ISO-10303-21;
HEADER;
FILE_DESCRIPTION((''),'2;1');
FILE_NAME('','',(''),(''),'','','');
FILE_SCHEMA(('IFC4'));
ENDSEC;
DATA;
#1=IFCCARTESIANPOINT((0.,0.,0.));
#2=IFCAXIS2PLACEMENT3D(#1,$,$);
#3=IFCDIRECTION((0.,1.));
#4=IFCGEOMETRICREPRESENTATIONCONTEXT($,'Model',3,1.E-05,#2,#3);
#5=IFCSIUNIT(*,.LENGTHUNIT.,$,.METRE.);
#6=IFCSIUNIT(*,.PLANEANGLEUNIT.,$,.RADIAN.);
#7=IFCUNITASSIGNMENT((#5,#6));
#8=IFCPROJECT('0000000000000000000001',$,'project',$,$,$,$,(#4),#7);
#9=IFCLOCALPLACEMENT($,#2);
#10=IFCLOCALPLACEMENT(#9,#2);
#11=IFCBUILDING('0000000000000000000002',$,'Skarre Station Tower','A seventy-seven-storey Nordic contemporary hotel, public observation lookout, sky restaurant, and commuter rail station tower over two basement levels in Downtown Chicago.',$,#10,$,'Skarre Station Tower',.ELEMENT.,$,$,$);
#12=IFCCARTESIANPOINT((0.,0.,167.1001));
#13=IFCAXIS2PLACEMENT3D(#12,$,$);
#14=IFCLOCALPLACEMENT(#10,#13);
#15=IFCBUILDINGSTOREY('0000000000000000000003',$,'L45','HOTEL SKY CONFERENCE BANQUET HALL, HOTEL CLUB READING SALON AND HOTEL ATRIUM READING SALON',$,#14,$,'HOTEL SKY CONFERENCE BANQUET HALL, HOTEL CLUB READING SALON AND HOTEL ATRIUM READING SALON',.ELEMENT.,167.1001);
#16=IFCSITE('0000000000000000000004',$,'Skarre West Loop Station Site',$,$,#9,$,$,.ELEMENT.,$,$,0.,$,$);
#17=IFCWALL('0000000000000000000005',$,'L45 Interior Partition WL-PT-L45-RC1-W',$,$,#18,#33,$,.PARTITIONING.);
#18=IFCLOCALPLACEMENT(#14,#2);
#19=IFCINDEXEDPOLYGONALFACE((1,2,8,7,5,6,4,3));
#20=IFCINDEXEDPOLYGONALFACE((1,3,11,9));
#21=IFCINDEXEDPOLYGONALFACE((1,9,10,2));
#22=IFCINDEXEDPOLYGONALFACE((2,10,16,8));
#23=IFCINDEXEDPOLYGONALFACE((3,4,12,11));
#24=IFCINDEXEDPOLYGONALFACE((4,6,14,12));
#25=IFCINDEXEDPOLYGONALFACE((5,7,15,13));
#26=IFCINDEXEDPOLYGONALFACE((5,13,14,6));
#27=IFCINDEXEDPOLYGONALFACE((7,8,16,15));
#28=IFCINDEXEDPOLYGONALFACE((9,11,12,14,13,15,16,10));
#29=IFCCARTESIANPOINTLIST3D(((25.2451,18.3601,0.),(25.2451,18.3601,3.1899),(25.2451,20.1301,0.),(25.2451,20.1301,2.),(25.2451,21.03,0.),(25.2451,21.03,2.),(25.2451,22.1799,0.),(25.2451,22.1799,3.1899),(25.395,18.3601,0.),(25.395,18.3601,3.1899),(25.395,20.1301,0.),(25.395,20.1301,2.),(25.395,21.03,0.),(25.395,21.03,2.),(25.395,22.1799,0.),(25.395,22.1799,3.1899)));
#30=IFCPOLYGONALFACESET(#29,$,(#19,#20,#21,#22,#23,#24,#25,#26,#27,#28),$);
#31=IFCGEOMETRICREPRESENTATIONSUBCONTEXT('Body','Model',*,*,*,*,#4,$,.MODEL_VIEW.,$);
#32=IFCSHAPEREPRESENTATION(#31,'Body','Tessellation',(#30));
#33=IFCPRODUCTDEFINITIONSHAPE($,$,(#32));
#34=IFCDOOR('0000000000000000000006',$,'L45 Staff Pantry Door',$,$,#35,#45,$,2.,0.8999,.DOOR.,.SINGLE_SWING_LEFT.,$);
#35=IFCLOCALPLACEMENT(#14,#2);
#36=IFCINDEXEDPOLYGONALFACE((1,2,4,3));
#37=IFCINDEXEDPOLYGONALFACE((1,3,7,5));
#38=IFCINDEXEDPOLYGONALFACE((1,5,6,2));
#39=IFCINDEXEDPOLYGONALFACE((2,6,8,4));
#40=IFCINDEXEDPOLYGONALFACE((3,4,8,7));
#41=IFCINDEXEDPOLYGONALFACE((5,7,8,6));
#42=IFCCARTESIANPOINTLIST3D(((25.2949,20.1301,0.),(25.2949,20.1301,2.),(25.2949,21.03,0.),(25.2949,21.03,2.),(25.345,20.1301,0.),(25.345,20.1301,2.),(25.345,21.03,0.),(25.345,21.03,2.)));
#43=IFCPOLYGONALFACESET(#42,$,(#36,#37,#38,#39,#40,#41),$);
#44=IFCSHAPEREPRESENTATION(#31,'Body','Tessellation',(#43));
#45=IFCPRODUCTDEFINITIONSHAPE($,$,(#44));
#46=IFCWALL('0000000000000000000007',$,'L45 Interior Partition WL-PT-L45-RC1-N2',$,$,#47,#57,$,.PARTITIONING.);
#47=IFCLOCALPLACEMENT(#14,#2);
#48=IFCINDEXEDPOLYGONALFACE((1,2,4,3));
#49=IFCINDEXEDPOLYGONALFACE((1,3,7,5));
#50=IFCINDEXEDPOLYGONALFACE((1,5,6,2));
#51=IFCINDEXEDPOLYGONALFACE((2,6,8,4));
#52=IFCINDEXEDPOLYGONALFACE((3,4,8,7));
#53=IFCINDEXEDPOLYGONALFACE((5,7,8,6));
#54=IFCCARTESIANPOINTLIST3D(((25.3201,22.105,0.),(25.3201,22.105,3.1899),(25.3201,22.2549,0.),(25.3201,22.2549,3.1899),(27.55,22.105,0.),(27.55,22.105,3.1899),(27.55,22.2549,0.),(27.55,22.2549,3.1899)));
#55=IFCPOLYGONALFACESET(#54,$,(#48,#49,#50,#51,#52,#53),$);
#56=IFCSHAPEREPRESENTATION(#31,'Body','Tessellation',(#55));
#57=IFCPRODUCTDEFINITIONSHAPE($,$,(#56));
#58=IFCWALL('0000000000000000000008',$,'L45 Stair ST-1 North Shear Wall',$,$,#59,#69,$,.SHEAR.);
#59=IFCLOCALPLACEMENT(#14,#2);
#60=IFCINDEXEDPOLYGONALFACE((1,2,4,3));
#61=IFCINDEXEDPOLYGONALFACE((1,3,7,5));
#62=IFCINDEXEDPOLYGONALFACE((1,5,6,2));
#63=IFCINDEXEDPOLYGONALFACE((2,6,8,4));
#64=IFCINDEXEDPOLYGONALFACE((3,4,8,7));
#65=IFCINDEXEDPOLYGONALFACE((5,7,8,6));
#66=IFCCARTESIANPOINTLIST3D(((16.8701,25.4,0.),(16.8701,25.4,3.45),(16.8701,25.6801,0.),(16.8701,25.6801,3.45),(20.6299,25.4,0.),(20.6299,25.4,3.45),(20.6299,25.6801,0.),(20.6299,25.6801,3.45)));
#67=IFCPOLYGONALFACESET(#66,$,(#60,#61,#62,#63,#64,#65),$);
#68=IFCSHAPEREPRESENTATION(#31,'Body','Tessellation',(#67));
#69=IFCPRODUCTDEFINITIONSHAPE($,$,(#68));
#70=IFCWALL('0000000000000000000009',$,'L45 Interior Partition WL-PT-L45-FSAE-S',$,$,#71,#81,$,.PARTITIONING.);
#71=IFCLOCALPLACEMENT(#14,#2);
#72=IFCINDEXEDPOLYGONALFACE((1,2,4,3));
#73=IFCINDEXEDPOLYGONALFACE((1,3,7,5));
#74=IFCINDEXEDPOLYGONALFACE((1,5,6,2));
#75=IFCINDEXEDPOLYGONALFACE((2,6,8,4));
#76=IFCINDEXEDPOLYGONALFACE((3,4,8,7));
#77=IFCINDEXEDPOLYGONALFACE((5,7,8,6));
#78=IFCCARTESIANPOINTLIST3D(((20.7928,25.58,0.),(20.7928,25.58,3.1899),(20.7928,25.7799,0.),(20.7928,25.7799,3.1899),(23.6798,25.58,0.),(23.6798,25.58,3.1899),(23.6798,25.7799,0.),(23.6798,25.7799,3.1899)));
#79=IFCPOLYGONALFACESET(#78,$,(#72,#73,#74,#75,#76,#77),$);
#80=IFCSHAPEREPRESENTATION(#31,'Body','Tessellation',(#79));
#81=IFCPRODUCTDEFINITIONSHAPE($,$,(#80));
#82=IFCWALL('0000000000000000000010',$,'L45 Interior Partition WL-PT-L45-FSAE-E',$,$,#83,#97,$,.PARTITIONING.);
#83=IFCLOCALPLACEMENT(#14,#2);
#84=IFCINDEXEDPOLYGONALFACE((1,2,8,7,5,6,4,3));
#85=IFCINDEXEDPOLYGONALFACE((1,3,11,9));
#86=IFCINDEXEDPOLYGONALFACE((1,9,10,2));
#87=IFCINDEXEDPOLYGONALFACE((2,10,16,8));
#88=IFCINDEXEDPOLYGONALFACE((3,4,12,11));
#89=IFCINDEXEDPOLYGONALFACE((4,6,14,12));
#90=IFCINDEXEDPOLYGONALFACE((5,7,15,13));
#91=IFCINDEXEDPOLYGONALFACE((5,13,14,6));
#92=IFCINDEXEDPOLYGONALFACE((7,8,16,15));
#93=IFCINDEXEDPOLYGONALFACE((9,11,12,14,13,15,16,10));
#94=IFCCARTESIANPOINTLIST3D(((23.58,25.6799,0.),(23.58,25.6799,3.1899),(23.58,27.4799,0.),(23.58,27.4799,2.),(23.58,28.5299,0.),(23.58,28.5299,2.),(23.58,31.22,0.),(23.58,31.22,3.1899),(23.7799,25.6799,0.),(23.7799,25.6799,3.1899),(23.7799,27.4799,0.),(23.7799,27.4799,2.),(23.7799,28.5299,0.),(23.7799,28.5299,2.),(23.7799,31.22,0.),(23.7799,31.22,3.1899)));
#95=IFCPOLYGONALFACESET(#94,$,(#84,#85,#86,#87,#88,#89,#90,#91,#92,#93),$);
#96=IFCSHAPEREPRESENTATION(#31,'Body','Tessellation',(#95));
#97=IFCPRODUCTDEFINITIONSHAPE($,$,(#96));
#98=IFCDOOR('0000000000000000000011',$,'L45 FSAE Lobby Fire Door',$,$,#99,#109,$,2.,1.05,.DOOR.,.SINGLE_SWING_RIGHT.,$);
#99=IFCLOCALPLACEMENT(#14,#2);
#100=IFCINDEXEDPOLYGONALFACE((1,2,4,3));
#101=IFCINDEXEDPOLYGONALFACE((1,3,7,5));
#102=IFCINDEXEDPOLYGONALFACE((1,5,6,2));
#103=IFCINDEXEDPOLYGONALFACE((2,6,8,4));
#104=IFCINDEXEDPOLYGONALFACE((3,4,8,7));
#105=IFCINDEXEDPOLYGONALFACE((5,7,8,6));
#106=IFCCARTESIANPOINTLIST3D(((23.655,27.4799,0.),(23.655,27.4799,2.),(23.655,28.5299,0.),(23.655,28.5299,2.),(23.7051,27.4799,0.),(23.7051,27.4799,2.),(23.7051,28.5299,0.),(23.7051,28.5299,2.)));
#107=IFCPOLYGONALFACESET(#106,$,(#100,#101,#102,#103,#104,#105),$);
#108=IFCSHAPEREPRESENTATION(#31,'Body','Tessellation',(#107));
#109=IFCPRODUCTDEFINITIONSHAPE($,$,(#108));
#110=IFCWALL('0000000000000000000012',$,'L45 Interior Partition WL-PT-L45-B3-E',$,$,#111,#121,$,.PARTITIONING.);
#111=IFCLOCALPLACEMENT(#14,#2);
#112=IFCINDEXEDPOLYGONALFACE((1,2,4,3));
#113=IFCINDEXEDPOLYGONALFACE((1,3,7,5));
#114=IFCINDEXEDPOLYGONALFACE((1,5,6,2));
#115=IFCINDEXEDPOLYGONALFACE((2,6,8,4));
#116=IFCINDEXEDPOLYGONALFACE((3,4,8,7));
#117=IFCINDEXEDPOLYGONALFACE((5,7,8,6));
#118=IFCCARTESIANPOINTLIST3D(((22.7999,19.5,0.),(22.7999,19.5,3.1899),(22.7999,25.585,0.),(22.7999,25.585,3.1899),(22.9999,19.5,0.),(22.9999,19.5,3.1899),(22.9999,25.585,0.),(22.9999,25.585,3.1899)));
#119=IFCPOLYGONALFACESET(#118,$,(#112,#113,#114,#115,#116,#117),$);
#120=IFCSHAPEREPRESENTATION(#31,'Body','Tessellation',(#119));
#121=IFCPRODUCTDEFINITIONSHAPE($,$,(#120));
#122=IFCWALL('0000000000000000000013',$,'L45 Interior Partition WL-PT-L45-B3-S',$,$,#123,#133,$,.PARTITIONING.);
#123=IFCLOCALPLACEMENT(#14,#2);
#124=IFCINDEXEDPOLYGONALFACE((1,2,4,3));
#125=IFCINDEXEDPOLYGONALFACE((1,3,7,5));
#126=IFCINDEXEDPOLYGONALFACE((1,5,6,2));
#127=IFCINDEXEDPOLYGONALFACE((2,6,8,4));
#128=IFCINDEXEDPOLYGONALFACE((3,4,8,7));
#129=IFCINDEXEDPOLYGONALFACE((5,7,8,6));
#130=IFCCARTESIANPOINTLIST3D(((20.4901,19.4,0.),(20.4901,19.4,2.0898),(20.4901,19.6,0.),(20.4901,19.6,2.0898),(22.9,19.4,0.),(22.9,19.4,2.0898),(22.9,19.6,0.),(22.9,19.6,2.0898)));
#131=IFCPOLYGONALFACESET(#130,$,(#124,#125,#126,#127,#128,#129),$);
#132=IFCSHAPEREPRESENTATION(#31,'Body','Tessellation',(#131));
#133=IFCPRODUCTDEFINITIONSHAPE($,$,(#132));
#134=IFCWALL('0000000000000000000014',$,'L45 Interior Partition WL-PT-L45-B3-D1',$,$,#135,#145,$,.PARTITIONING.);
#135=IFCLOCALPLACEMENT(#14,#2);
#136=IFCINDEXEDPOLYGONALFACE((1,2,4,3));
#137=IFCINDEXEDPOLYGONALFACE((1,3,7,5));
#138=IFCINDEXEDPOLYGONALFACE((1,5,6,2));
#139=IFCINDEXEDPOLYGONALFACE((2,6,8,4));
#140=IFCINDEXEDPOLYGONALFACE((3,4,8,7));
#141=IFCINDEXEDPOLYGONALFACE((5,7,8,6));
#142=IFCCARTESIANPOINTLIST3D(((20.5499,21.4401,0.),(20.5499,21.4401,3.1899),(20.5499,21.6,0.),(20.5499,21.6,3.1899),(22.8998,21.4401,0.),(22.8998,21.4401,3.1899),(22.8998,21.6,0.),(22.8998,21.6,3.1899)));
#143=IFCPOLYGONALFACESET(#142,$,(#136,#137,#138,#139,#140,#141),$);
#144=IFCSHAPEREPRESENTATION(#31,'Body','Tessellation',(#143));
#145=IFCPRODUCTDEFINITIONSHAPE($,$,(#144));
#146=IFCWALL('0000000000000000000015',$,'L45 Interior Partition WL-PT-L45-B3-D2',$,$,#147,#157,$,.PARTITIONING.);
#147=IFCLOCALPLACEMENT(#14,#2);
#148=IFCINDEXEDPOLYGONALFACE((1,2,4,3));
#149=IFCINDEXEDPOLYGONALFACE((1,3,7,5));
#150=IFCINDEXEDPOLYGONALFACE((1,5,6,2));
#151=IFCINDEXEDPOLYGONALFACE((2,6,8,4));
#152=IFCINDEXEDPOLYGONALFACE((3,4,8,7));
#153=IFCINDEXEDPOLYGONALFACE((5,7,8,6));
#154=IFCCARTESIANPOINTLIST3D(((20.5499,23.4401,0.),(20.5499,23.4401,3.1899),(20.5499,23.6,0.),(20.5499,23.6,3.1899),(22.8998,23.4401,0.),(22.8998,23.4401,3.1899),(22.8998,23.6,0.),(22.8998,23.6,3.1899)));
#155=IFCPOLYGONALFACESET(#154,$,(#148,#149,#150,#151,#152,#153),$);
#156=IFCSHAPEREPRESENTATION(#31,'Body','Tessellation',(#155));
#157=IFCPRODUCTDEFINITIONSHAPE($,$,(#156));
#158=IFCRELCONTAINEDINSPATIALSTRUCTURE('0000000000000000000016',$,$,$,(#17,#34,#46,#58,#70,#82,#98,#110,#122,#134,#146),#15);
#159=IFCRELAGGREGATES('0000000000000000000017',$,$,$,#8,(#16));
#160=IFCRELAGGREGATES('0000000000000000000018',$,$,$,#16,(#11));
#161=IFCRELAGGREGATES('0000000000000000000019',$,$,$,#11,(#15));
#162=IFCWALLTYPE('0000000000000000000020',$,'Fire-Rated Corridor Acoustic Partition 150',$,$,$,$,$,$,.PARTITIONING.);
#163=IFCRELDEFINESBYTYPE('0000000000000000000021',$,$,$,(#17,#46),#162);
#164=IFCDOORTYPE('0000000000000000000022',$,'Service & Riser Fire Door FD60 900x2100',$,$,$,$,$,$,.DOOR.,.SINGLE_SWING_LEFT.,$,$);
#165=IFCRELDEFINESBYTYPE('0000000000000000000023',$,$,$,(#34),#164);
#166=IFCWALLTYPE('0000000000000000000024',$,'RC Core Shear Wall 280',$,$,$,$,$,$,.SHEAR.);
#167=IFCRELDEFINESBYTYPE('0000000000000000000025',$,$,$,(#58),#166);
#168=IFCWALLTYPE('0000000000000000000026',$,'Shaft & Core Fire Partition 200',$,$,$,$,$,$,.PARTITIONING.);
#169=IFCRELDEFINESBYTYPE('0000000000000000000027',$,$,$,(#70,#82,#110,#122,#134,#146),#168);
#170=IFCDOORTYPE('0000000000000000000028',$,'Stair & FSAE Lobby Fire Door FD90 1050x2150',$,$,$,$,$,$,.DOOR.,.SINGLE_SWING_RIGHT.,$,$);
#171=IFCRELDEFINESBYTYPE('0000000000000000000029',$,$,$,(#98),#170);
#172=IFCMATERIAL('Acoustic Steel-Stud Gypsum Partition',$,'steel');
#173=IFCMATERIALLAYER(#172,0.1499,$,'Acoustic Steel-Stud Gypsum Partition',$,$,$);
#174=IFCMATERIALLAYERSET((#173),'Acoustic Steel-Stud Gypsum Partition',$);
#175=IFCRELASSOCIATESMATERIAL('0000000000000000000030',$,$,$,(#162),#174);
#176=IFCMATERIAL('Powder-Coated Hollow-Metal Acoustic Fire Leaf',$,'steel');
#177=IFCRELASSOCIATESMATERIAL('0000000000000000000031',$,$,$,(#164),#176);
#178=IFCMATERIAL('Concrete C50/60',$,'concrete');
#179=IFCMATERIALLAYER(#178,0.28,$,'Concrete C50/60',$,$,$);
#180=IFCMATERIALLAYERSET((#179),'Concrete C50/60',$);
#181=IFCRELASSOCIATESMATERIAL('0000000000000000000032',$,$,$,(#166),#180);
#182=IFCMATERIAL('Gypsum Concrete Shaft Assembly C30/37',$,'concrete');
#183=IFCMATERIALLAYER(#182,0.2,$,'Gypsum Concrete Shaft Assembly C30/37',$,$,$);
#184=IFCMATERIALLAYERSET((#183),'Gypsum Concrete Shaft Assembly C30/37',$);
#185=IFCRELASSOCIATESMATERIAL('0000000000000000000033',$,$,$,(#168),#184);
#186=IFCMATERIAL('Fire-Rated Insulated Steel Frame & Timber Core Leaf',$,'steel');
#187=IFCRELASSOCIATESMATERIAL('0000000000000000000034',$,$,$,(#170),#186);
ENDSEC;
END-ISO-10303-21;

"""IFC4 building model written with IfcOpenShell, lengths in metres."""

from ifc_helpers import new_model, si_unit, direction, frame, frame_2d, origin, place, context, subcontext, project, spatial, rectangle, extrude, material, layer, layer_set, type_object, element, fill, save


model = new_model("IFC4")

# Units and contexts
model_context = context("Model", 3, precision=1e-05, world=origin(), true_north=direction((0.0, 1.0)))
body_context = subcontext(model_context, "Body", "Model", "MODEL_VIEW")
ifc_project = project(units=[si_unit("LENGTHUNIT", "METRE"), si_unit("PLANEANGLEUNIT", "RADIAN")], contexts=[model_context])

# Site, building, storey
site_placement = place(None, origin())
site = spatial("IfcSite", under=ifc_project, at=site_placement, Name="Skarre West Loop Station Site", CompositionType="ELEMENT", RefElevation=0.0)
building_placement = place(site_placement, origin())
building = spatial("IfcBuilding", under=site, at=building_placement, Name="Skarre Station Tower", Description="A seventy-seven-storey Nordic contemporary hotel, public observation lookout, sky restaurant, and commuter rail station tower over two basement levels in Downtown Chicago.", LongName="Skarre Station Tower", CompositionType="ELEMENT")
storey_placement = place(building_placement, frame((0.0, 0.0, 167.1001)))
storey = spatial("IfcBuildingStorey", under=building, at=storey_placement, Name="L45", Description="HOTEL SKY CONFERENCE BANQUET HALL, HOTEL CLUB READING SALON AND HOTEL ATRIUM READING SALON", LongName="HOTEL SKY CONFERENCE BANQUET HALL, HOTEL CLUB READING SALON AND HOTEL ATRIUM READING SALON", CompositionType="ELEMENT", Elevation=167.1001)

# Wall, opening, door
ifc_material_1 = material(Name="Acoustic Steel-Stud Gypsum Partition", Category="steel")
ifc_layer_1 = layer(ifc_material_1, 0.1499, Name="Acoustic Steel-Stud Gypsum Partition")
ifc_layer_set_1 = layer_set([ifc_layer_1], Name="Acoustic Steel-Stud Gypsum Partition")
wall_type_1 = type_object("IfcWallType", Name="Fire-Rated Corridor Acoustic Partition 150", PredefinedType="PARTITIONING", material=ifc_layer_set_1)
wall_1_placement = place(storey_placement, frame((25.3201, 22.1799, 0.0), z_axis=(0.0, 0.0, 1.0), x_axis=(0.0, -1.0, 0.0)))
wall_1 = element("IfcWall", 1, at=wall_1_placement, inside=storey, type_object=wall_type_1, Name="L45 Interior Partition WL-PT-L45-RC1-W", PredefinedType="PARTITIONING", context=body_context, shape_type="SweptSolid", body=[
    extrude(rectangle(XDim=3.8198, YDim=0.1499, at=frame_2d((1.9099, 0.0))), origin(), (0.0, 0.0, 1.0), 3.1899),
])
opening_1_placement = place(wall_1_placement, frame((1.1499, 0.0, 0.0)))
opening_1 = element("IfcOpeningElement", 2, at=opening_1_placement, cuts=wall_1, PredefinedType="OPENING", context=body_context, shape_type="SweptSolid", body=[
    extrude(rectangle(XDim=0.8999, YDim=2.0, at=frame_2d((0.45, 1.0))), frame((0.0, 0.085, 0.0), z_axis=(0.0, -1.0, 0.0), x_axis=(1.0, 0.0, 0.0)), (0.0, 0.0, 1.0), 0.1699),
])
ifc_material_2 = material(Name="Powder-Coated Hollow-Metal Acoustic Fire Leaf", Category="steel")
door_type_1 = type_object("IfcDoorType", Name="Service & Riser Fire Door FD60 900x2100", OperationType="SINGLE_SWING_LEFT", PredefinedType="DOOR", material=ifc_material_2)
door_1_placement = place(opening_1_placement, origin())
door_1 = element("IfcDoor", 3, at=door_1_placement, inside=storey, type_object=door_type_1, Name="L45 Staff Pantry Door", OperationType="SINGLE_SWING_LEFT", OverallHeight=2.0, OverallWidth=0.8999, PredefinedType="DOOR", context=body_context, shape_type="SweptSolid", body=[
    extrude(rectangle(XDim=0.8999, YDim=2.0, at=frame_2d((0.45, 1.0))), frame((0.0, 0.0249, 0.0), z_axis=(0.0, -1.0, 0.0), x_axis=(1.0, 0.0, 0.0)), (0.0, 0.0, 1.0), 0.05),
])
fill(opening_1, door_1)

# Walls
wall_2_placement = place(storey_placement, frame((25.3201, 22.1799, 0.0), z_axis=(0.0, 0.0, 1.0), x_axis=(1.0, 0.0, 0.0)))
element("IfcWall", 4, at=wall_2_placement, inside=storey, type_object=wall_type_1, Name="L45 Interior Partition WL-PT-L45-RC1-N2", PredefinedType="PARTITIONING", context=body_context, shape_type="SweptSolid", body=[
    extrude(rectangle(XDim=2.23, YDim=0.1499, at=frame_2d((1.115, 0.0))), origin(), (0.0, 0.0, 1.0), 3.1899),
])
ifc_material_3 = material(Name="Concrete C50/60", Category="concrete")
ifc_layer_2 = layer(ifc_material_3, 0.28, Name="Concrete C50/60")
ifc_layer_set_2 = layer_set([ifc_layer_2], Name="Concrete C50/60")
wall_type_2 = type_object("IfcWallType", Name="RC Core Shear Wall 280", PredefinedType="SHEAR", material=ifc_layer_set_2)
wall_3_placement = place(storey_placement, frame((20.6299, 25.54, 0.0), z_axis=(0.0, 0.0, 1.0), x_axis=(-1.0, 0.0, 0.0)))
element("IfcWall", 5, at=wall_3_placement, inside=storey, type_object=wall_type_2, Name="L45 Stair ST-1 North Shear Wall", PredefinedType="SHEAR", context=body_context, shape_type="SweptSolid", body=[
    extrude(rectangle(XDim=3.7598, YDim=0.28, at=frame_2d((1.8799, 0.0))), origin(), (0.0, 0.0, 1.0), 3.45),
])
ifc_material_4 = material(Name="Gypsum Concrete Shaft Assembly C30/37", Category="concrete")
ifc_layer_3 = layer(ifc_material_4, 0.2, Name="Gypsum Concrete Shaft Assembly C30/37")
ifc_layer_set_3 = layer_set([ifc_layer_3], Name="Gypsum Concrete Shaft Assembly C30/37")
wall_type_3 = type_object("IfcWallType", Name="Shaft & Core Fire Partition 200", PredefinedType="PARTITIONING", material=ifc_layer_set_3)
wall_4_placement = place(storey_placement, frame((20.793, 25.6799, 0.0), z_axis=(0.0, 0.0, 1.0), x_axis=(1.0, 0.0, 0.0)))
element("IfcWall", 6, at=wall_4_placement, inside=storey, type_object=wall_type_3, Name="L45 Interior Partition WL-PT-L45-FSAE-S", PredefinedType="PARTITIONING", context=body_context, shape_type="SweptSolid", body=[
    extrude(rectangle(XDim=2.887, YDim=0.2, at=frame_2d((1.4434, 0.0))), origin(), (0.0, 0.0, 1.0), 3.1899),
])

# Wall, opening, door
wall_5_placement = place(storey_placement, frame((23.6799, 25.6799, 0.0), z_axis=(0.0, 0.0, 1.0), x_axis=(0.0, 1.0, 0.0)))
wall_5 = element("IfcWall", 7, at=wall_5_placement, inside=storey, type_object=wall_type_3, Name="L45 Interior Partition WL-PT-L45-FSAE-E", PredefinedType="PARTITIONING", context=body_context, shape_type="SweptSolid", body=[
    extrude(rectangle(XDim=5.54, YDim=0.2, at=frame_2d((2.77, 0.0))), origin(), (0.0, 0.0, 1.0), 3.1899),
])
opening_2_placement = place(wall_5_placement, frame((1.8, 0.0, 0.0)))
opening_2 = element("IfcOpeningElement", 8, at=opening_2_placement, cuts=wall_5, PredefinedType="OPENING", context=body_context, shape_type="SweptSolid", body=[
    extrude(rectangle(XDim=1.05, YDim=2.0, at=frame_2d((0.5249, 1.0))), frame((0.0, 0.1099, 0.0), z_axis=(0.0, -1.0, 0.0), x_axis=(1.0, 0.0, 0.0)), (0.0, 0.0, 1.0), 0.22),
])
ifc_material_5 = material(Name="Fire-Rated Insulated Steel Frame & Timber Core Leaf", Category="steel")
door_type_2 = type_object("IfcDoorType", Name="Stair & FSAE Lobby Fire Door FD90 1050x2150", OperationType="SINGLE_SWING_RIGHT", PredefinedType="DOOR", material=ifc_material_5)
door_2_placement = place(opening_2_placement, origin())
door_2 = element("IfcDoor", 9, at=door_2_placement, inside=storey, type_object=door_type_2, Name="L45 FSAE Lobby Fire Door", OperationType="SINGLE_SWING_RIGHT", OverallHeight=2.0, OverallWidth=1.05, PredefinedType="DOOR", context=body_context, shape_type="SweptSolid", body=[
    extrude(rectangle(XDim=1.05, YDim=2.0, at=frame_2d((0.5249, 1.0))), frame((0.0, 0.0249, 0.0), z_axis=(0.0, -1.0, 0.0), x_axis=(1.0, 0.0, 0.0)), (0.0, 0.0, 1.0), 0.05),
])
fill(opening_2, door_2)

# Walls
wall_6_placement = place(storey_placement, frame((22.8999, 19.5, 0.0), z_axis=(0.0, 0.0, 1.0), x_axis=(0.0, 1.0, 0.0)))
element("IfcWall", 10, at=wall_6_placement, inside=storey, type_object=wall_type_3, Name="L45 Interior Partition WL-PT-L45-B3-E", PredefinedType="PARTITIONING", context=body_context, shape_type="SweptSolid", body=[
    extrude(rectangle(XDim=6.085, YDim=0.2, at=frame_2d((3.0425, 0.0))), origin(), (0.0, 0.0, 1.0), 3.1899),
])
wall_7_placement = place(storey_placement, frame((20.49, 19.5, 0.0), z_axis=(0.0, 0.0, 1.0), x_axis=(1.0, 0.0, 0.0)))
element("IfcWall", 11, at=wall_7_placement, inside=storey, type_object=wall_type_3, Name="L45 Interior Partition WL-PT-L45-B3-S", PredefinedType="PARTITIONING", context=body_context, shape_type="SweptSolid", body=[
    extrude(rectangle(XDim=2.4099, YDim=0.2, at=frame_2d((1.2051, 0.0))), origin(), (0.0, 0.0, 1.0), 2.0898),
])
for number, where, z_axis, x_axis, name in (
    (12, (20.55, 21.52, 0.0), (0.0, 0.0, 1.0), (1.0, 0.0, 0.0), "L45 Interior Partition WL-PT-L45-B3-D1"),
    (13, (20.55, 23.52, 0.0), (0.0, 0.0, 1.0), (1.0, 0.0, 0.0), "L45 Interior Partition WL-PT-L45-B3-D2"),
):
    element("IfcWall", number, at=place(storey_placement, frame(where, z_axis=z_axis, x_axis=x_axis)), inside=storey, type_object=wall_type_3, Name=name, PredefinedType="PARTITIONING", context=body_context, shape_type="SweptSolid", body=[
        extrude(rectangle(XDim=2.3499, YDim=0.1599, at=frame_2d((1.1748, 0.0))), origin(), (0.0, 0.0, 1.0), 3.1899),
    ])

save(model, "model.ifc")
